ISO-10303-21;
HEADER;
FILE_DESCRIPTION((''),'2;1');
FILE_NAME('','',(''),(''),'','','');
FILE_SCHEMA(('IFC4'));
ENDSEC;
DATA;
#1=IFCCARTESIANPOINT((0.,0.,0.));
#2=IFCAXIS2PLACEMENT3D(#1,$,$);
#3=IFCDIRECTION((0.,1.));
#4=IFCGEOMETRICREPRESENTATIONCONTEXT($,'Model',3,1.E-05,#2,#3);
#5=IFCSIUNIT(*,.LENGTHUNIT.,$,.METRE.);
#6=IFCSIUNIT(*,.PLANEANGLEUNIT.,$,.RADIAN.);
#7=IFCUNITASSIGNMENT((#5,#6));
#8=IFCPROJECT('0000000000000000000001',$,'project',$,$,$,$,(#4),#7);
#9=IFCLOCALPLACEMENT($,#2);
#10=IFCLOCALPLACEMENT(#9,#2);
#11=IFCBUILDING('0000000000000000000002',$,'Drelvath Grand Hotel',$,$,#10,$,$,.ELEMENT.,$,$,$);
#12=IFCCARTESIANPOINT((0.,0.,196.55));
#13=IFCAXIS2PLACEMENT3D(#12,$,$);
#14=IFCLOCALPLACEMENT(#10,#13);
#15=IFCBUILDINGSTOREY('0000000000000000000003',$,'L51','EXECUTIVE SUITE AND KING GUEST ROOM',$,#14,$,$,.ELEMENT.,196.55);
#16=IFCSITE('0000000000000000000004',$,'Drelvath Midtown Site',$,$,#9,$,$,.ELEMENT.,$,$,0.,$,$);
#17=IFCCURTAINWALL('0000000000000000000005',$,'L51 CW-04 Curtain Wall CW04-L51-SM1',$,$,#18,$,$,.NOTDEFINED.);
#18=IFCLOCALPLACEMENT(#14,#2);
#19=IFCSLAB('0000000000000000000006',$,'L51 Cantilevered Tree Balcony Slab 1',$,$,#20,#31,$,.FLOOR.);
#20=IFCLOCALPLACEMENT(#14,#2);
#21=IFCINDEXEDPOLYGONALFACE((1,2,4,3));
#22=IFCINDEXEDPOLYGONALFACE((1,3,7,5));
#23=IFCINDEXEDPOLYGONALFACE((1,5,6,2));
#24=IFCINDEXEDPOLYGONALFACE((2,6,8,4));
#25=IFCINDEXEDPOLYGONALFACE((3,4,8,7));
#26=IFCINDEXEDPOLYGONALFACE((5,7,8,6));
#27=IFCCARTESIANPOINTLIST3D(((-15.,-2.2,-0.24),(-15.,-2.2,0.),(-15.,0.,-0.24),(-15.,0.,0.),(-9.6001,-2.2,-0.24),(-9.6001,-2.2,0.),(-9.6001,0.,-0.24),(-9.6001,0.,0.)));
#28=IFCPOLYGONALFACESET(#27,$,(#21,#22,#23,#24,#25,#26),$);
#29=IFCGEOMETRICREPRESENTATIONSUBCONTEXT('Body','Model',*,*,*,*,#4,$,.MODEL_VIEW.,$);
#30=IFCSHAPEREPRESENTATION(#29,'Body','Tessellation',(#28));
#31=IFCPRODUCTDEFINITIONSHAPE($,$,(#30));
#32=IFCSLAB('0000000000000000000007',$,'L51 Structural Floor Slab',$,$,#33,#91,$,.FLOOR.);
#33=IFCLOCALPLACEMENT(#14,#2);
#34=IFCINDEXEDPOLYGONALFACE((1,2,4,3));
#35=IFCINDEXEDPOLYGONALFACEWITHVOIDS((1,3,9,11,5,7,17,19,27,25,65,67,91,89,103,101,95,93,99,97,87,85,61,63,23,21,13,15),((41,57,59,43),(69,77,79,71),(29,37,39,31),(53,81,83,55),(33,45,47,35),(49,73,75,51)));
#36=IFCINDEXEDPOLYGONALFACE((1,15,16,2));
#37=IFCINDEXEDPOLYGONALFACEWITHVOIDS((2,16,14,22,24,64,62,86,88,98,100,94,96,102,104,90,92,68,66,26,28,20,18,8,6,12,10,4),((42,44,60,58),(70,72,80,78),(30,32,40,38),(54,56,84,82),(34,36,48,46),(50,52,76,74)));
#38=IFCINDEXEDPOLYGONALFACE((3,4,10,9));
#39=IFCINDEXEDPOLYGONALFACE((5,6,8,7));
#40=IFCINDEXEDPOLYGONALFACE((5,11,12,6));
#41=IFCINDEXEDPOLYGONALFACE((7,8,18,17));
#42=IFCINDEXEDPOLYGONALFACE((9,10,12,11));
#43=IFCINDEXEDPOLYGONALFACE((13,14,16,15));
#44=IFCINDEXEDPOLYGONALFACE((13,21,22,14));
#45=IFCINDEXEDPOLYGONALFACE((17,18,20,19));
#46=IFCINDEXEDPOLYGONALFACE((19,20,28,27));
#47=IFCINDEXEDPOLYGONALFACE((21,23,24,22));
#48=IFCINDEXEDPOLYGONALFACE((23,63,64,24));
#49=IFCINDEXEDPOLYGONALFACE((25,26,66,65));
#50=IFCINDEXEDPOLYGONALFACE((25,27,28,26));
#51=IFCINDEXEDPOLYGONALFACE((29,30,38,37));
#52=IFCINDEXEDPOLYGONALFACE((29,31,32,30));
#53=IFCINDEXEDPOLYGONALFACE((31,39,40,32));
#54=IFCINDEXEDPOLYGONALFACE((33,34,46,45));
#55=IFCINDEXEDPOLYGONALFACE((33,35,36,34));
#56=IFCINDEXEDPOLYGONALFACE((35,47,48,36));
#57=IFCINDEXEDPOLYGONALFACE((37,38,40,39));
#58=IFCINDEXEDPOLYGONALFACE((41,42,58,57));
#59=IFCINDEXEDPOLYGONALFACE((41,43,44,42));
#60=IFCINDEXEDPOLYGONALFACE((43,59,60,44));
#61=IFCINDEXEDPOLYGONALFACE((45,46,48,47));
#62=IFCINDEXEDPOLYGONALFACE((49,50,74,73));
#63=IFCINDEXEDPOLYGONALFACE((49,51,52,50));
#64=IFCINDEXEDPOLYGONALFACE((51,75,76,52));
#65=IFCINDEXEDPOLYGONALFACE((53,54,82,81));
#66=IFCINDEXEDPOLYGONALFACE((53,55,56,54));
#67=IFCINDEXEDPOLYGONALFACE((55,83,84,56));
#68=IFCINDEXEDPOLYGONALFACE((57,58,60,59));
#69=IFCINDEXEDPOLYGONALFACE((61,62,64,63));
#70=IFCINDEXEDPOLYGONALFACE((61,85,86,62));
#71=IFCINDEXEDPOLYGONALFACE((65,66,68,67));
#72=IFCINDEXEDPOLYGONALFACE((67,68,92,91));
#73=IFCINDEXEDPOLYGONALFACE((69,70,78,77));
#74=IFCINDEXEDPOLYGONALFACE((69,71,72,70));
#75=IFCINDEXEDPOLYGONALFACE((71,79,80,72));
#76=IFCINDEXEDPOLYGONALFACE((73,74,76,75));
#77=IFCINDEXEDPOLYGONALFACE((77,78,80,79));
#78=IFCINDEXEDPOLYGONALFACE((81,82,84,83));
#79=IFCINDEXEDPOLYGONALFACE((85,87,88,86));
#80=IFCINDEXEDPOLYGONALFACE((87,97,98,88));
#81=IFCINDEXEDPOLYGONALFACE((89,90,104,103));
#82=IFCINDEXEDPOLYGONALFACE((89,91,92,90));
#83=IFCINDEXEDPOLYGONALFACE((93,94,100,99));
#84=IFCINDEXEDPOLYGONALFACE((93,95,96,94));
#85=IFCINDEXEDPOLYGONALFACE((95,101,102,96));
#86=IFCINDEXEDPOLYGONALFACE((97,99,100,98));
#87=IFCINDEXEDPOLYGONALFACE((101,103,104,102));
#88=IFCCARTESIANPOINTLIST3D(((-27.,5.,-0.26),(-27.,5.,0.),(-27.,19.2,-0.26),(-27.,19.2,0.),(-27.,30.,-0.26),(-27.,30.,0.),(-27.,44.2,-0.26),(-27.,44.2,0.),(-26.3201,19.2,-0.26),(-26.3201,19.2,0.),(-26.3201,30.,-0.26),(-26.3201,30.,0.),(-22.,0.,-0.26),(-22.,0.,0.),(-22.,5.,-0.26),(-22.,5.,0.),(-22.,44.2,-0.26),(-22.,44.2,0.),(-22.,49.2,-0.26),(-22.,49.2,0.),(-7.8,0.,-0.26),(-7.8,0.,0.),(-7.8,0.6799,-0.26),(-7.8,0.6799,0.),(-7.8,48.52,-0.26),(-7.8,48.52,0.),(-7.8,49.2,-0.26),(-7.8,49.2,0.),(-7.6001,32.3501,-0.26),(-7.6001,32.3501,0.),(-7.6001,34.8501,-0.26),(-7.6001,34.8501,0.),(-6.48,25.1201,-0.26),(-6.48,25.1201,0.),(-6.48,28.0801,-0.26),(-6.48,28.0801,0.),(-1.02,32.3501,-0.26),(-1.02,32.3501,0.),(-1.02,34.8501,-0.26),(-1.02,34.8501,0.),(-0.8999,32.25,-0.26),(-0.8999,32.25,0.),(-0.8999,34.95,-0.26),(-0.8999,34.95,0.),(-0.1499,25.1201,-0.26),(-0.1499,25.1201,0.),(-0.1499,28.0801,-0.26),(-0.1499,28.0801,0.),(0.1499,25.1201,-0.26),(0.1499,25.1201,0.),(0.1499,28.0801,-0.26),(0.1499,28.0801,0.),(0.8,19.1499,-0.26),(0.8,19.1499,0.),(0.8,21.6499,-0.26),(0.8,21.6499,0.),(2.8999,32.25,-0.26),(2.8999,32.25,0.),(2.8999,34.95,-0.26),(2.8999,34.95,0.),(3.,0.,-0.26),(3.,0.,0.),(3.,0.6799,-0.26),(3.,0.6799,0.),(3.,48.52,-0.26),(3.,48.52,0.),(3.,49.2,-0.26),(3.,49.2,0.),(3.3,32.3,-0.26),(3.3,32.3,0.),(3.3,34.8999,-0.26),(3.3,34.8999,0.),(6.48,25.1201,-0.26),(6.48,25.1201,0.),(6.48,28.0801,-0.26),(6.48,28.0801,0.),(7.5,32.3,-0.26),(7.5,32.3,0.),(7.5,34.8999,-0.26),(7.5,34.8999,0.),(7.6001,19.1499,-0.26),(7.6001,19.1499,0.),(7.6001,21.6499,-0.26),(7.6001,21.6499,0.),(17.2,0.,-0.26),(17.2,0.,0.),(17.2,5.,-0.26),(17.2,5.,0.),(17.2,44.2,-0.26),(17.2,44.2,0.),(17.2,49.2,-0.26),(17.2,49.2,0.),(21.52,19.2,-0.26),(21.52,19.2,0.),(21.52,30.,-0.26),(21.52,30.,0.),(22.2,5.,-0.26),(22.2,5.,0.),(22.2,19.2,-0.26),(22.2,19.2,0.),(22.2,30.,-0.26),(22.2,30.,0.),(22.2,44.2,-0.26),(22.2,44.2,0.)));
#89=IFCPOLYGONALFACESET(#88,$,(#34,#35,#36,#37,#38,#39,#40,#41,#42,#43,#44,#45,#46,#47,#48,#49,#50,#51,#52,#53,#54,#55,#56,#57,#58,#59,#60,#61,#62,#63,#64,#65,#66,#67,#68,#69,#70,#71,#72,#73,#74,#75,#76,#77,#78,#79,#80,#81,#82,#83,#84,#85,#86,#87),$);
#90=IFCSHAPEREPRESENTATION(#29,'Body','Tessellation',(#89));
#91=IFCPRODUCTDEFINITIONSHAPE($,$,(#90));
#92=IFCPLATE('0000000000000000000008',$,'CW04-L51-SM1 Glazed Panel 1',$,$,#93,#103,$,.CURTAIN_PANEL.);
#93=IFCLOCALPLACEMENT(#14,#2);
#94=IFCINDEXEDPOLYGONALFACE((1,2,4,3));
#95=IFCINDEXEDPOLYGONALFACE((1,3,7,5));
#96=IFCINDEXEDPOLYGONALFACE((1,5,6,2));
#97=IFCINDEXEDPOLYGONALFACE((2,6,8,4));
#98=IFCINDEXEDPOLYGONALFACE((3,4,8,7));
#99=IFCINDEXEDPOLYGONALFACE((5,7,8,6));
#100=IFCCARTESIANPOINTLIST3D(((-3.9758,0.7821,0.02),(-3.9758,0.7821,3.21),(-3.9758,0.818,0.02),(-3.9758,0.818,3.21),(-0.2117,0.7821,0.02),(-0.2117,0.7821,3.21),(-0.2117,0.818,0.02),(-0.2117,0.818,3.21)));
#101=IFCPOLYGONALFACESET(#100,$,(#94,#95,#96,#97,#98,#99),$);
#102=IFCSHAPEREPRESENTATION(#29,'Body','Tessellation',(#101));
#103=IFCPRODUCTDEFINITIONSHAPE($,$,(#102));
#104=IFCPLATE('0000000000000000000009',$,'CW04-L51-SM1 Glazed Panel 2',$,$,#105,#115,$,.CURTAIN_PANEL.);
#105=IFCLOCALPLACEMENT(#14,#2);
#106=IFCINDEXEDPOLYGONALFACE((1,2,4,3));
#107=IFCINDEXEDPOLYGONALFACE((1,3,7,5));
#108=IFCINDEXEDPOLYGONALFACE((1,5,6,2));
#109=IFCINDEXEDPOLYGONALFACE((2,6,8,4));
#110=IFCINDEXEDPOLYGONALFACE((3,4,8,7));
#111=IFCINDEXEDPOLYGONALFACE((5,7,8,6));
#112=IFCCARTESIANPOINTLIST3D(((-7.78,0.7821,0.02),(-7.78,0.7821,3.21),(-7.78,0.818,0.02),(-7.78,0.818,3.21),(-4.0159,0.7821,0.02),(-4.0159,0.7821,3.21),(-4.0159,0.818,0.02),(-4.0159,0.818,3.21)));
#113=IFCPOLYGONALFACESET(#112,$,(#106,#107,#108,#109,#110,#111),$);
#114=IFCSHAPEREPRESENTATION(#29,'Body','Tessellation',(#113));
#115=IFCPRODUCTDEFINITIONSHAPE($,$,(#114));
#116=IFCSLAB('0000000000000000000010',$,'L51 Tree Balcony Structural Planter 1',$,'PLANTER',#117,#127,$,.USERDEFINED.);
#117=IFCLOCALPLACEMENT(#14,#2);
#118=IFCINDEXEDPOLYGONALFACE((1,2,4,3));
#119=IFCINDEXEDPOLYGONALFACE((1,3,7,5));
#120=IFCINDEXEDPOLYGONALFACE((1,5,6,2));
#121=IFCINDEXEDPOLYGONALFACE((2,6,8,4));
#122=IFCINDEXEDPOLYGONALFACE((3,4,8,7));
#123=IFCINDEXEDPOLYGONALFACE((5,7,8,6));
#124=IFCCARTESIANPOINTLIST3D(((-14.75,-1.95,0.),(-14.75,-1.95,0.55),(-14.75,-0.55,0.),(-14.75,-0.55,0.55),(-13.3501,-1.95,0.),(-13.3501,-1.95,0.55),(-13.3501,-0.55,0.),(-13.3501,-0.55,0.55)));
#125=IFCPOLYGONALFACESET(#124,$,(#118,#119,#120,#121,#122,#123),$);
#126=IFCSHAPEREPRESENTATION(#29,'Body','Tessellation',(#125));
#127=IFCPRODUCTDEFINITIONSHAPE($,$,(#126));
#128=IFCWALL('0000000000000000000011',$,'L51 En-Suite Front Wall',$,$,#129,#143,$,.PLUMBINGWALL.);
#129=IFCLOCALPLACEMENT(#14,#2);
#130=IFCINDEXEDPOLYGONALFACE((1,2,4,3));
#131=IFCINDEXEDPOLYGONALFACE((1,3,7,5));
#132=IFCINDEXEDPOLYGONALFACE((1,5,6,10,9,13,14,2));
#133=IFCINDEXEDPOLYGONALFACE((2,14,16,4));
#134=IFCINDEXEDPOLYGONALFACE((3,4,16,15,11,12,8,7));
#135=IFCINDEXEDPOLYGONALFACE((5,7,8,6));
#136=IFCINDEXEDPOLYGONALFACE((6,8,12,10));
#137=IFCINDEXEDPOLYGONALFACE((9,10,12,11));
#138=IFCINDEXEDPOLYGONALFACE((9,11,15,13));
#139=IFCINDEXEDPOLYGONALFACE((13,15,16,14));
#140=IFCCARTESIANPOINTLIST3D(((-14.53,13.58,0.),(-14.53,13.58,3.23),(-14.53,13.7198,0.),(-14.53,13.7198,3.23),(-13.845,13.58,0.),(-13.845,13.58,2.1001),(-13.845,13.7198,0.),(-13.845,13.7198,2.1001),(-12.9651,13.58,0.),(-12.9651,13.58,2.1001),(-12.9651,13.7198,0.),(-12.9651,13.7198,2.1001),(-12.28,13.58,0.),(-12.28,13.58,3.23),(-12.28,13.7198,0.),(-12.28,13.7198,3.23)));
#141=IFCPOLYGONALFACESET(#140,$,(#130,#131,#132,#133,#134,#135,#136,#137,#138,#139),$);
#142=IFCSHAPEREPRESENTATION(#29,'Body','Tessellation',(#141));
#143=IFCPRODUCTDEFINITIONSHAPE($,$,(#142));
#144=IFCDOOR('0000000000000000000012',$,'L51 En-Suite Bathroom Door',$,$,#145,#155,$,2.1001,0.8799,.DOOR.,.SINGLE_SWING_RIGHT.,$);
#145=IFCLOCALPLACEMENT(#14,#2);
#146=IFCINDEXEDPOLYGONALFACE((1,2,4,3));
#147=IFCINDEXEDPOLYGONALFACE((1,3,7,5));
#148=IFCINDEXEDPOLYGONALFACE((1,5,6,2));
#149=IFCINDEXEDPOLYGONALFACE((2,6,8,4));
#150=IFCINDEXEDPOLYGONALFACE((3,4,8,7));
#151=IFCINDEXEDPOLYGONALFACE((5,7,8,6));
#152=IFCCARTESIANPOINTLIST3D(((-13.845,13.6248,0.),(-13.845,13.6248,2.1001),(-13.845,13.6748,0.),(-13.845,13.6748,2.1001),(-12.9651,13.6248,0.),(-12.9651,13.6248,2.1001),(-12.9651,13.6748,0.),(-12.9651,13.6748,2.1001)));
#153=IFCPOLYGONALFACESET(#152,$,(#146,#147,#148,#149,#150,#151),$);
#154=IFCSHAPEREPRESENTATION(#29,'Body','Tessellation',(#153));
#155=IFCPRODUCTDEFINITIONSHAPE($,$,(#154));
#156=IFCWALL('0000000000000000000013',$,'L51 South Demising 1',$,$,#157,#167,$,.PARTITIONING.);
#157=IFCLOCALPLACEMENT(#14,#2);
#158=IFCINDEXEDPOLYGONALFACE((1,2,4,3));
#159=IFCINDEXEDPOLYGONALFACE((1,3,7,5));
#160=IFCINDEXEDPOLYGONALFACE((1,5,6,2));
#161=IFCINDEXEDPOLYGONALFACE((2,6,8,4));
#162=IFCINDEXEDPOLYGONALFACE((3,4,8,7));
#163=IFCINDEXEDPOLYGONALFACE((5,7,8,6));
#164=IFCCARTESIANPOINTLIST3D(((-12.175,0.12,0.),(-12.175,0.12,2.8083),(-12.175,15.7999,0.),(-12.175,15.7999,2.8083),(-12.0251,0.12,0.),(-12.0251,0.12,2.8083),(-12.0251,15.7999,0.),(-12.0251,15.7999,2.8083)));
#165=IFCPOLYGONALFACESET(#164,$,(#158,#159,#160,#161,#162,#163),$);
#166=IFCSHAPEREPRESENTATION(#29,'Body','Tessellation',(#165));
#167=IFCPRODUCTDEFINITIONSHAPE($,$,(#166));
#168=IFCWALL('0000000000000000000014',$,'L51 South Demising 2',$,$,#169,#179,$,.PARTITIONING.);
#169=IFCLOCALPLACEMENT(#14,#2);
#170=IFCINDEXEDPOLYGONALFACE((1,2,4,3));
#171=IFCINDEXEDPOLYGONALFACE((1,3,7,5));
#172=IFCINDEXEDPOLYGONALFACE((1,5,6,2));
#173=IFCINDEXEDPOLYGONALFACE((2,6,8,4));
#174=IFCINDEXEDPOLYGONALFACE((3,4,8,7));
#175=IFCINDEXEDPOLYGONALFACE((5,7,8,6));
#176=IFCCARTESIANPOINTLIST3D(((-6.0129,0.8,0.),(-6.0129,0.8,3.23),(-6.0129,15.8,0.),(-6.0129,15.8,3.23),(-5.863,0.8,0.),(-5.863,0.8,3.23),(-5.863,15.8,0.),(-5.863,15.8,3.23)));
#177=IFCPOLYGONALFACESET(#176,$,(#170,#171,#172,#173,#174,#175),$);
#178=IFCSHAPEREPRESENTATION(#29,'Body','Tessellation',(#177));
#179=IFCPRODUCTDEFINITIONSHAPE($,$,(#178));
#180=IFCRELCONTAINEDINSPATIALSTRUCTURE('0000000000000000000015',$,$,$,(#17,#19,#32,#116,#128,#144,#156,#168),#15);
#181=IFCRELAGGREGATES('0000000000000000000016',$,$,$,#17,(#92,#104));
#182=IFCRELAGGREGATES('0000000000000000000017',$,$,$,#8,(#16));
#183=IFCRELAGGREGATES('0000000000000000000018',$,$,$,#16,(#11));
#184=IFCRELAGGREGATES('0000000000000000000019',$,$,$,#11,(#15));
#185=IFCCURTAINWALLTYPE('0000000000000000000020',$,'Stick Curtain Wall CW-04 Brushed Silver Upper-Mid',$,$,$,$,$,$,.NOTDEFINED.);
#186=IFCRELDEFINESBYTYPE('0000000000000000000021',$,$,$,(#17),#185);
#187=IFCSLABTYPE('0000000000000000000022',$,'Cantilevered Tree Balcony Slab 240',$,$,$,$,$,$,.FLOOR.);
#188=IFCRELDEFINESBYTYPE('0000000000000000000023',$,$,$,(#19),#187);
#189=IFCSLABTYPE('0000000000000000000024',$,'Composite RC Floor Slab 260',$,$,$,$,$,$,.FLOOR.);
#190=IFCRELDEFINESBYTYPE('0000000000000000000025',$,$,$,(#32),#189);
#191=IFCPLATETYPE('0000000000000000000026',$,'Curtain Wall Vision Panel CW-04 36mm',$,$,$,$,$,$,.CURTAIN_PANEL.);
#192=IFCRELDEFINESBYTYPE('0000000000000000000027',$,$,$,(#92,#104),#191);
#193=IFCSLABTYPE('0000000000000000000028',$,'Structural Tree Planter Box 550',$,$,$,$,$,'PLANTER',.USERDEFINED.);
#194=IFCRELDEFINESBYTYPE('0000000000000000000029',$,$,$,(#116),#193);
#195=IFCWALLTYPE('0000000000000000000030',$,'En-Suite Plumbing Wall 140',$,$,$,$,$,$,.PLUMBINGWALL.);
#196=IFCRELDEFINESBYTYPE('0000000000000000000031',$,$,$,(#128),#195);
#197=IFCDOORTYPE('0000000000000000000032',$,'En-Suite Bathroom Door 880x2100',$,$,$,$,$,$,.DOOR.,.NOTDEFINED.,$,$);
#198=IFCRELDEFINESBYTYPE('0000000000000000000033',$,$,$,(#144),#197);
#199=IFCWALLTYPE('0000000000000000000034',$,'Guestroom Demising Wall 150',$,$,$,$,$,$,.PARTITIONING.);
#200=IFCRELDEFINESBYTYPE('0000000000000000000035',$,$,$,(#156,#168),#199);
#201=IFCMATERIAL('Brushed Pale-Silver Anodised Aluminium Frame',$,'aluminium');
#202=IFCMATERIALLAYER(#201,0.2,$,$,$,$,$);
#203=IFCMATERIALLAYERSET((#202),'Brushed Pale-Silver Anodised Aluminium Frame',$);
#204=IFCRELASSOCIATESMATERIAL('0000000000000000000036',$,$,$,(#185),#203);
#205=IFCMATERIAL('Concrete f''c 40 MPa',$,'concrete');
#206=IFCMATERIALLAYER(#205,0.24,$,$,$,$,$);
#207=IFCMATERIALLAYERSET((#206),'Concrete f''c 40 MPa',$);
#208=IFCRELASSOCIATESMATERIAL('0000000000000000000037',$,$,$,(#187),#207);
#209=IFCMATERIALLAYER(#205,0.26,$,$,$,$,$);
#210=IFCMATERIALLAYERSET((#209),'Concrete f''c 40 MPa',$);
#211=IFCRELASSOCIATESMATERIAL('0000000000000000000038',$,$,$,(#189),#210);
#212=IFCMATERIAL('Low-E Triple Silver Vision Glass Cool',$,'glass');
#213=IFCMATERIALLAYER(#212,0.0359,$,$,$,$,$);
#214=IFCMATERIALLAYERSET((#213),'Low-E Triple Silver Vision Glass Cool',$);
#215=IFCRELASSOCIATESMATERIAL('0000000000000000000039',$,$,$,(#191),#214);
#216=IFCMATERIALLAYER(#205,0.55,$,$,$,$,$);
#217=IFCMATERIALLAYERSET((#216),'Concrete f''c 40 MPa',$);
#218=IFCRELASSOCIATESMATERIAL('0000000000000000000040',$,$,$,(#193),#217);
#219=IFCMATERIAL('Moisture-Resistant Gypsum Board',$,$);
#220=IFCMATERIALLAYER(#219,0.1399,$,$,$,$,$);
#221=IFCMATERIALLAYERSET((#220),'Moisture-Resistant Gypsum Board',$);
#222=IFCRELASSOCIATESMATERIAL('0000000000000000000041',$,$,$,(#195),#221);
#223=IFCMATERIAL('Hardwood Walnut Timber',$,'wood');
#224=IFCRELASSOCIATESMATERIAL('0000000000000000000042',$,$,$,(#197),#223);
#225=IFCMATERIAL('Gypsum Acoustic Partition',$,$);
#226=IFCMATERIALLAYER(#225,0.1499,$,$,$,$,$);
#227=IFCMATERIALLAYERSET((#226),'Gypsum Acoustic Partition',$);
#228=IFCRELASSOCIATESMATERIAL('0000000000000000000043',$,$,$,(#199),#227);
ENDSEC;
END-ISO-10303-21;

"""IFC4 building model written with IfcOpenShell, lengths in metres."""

from ifc_helpers import new_model, si_unit, direction, frame, frame_2d, origin, origin_2d, place, context, subcontext, project, spatial, polyline, rectangle, outline, extrude, material, layer, layer_set, type_object, element, fill, aggregate, save


model = new_model("IFC4")

# Units and contexts
model_context = context("Model", 3, precision=1e-05, world=origin(), true_north=direction((0.0, 1.0)))
body_context = subcontext(model_context, "Body", "Model", "MODEL_VIEW")
ifc_project = project(units=[si_unit("LENGTHUNIT", "METRE"), si_unit("PLANEANGLEUNIT", "RADIAN")], contexts=[model_context])

# Site, building, storey
site_placement = place(None, origin())
site = spatial("IfcSite", under=ifc_project, at=site_placement, Name="Drelvath Midtown Site", CompositionType="ELEMENT", RefElevation=0.0)
building_placement = place(site_placement, origin())
building = spatial("IfcBuilding", under=site, at=building_placement, Name="Drelvath Grand Hotel", CompositionType="ELEMENT")
storey_placement = place(building_placement, frame((0.0, 0.0, 196.55)))
storey = spatial("IfcBuildingStorey", under=building, at=storey_placement, Name="L51", Description="EXECUTIVE SUITE AND KING GUEST ROOM", CompositionType="ELEMENT", Elevation=196.55)

# Curtain wall
ifc_material_1 = material(Name="Brushed Pale-Silver Anodised Aluminium Frame", Category="aluminium")
ifc_layer_1 = layer(ifc_material_1, 0.2)
ifc_layer_set_1 = layer_set([ifc_layer_1], Name="Brushed Pale-Silver Anodised Aluminium Frame")
curtain_wall_type = type_object("IfcCurtainWallType", Name="Stick Curtain Wall CW-04 Brushed Silver Upper-Mid", PredefinedType="NOTDEFINED", material=ifc_layer_set_1)
curtain_wall_placement = place(storey_placement, origin())
curtain_wall = element("IfcCurtainWall", 1, at=curtain_wall_placement, inside=storey, type_object=curtain_wall_type, Name="L51 CW-04 Curtain Wall CW04-L51-SM1", PredefinedType="NOTDEFINED")

# Slabs
ifc_material_2 = material(Name="Concrete f'c 40 MPa", Category="concrete")
ifc_layer_2 = layer(ifc_material_2, 0.24)
ifc_layer_set_2 = layer_set([ifc_layer_2], Name="Concrete f'c 40 MPa")
slab_type_1 = type_object("IfcSlabType", Name="Cantilevered Tree Balcony Slab 240", PredefinedType="FLOOR", material=ifc_layer_set_2)
slab_1_placement = place(storey_placement, frame((0.0, 0.0, -0.24)))
element("IfcSlab", 2, at=slab_1_placement, inside=storey, type_object=slab_type_1, Name="L51 Cantilevered Tree Balcony Slab 1", PredefinedType="FLOOR", context=body_context, shape_type="SweptSolid", body=[
    extrude(outline(polyline([(-15.0, -2.2), (-9.6001, -2.2), (-9.6001, 0.0), (-15.0, 0.0), (-15.0, -2.2)])), origin(), (0.0, 0.0, 1.0), 0.24),
])
ifc_layer_3 = layer(ifc_material_2, 0.26)
ifc_layer_set_3 = layer_set([ifc_layer_3], Name="Concrete f'c 40 MPa")
slab_type_2 = type_object("IfcSlabType", Name="Composite RC Floor Slab 260", PredefinedType="FLOOR", material=ifc_layer_set_3)
slab_2_placement = place(storey_placement, frame((0.0, 0.0, -0.26)))
element("IfcSlab", 3, at=slab_2_placement, inside=storey, type_object=slab_type_2, Name="L51 Structural Floor Slab", PredefinedType="FLOOR", context=body_context, shape_type="SweptSolid", body=[
    extrude(outline(polyline([(-22.0, 0.0), (-7.8, 0.0), (-7.8, 0.6799), (3.0, 0.6799), (3.0, 0.0), (17.2, 0.0), (17.2, 5.0), (22.2, 5.0), (22.2, 19.2), (21.52, 19.2), (21.52, 30.0), (22.2, 30.0), (22.2, 44.2), (17.2, 44.2), (17.2, 49.2), (3.0, 49.2), (3.0, 48.52), (-7.8, 48.52), (-7.8, 49.2), (-22.0, 49.2), (-22.0, 44.2), (-27.0, 44.2), (-27.0, 30.0), (-26.3201, 30.0), (-26.3201, 19.2), (-27.0, 19.2), (-27.0, 5.0), (-22.0, 5.0), (-22.0, 0.0)]), holes=[polyline([(-6.48, 25.1201), (-6.48, 28.0801), (-0.1499, 28.0801), (-0.1499, 25.1201), (-6.48, 25.1201)]), polyline([(0.1499, 25.1201), (0.1499, 28.0801), (6.48, 28.0801), (6.48, 25.1201), (0.1499, 25.1201)]), polyline([(0.8, 19.1499), (0.8, 21.6499), (7.6001, 21.6499), (7.6001, 19.1499), (0.8, 19.1499)]), polyline([(-7.6001, 32.3501), (-7.6001, 34.8501), (-1.02, 34.8501), (-1.02, 32.3501), (-7.6001, 32.3501)]), polyline([(-0.8999, 32.25), (-0.8999, 34.95), (2.8999, 34.95), (2.8999, 32.25), (-0.8999, 32.25)]), polyline([(3.3, 32.3), (3.3, 34.8999), (7.5, 34.8999), (7.5, 32.3), (3.3, 32.3)])]), origin(), (0.0, 0.0, 1.0), 0.26),
])

# Plates
ifc_material_3 = material(Name="Low-E Triple Silver Vision Glass Cool", Category="glass")
ifc_layer_4 = layer(ifc_material_3, 0.0359)
ifc_layer_set_4 = layer_set([ifc_layer_4], Name="Low-E Triple Silver Vision Glass Cool")
plate_type = type_object("IfcPlateType", Name="Curtain Wall Vision Panel CW-04 36mm", PredefinedType="CURTAIN_PANEL", material=ifc_layer_set_4)
plate_1_placement = place(storey_placement, frame((-2.0938, 0.8, 0.02), z_axis=(0.0, 0.0, 1.0), x_axis=(-1.0, 0.0, 0.0)))
plate_1 = element("IfcPlate", 4, at=plate_1_placement, type_object=plate_type, Name="CW04-L51-SM1 Glazed Panel 1", PredefinedType="CURTAIN_PANEL", context=body_context, shape_type="SweptSolid", body=[
    extrude(rectangle(XDim=3.7642, YDim=0.0359, at=origin_2d()), origin(), (0.0, 0.0, 1.0), 3.1899),
])
plate_2_placement = place(storey_placement, frame((-5.8979, 0.8, 0.02), z_axis=(0.0, 0.0, 1.0), x_axis=(-1.0, 0.0, 0.0)))
plate_2 = element("IfcPlate", 5, at=plate_2_placement, type_object=plate_type, Name="CW04-L51-SM1 Glazed Panel 2", PredefinedType="CURTAIN_PANEL", context=body_context, shape_type="SweptSolid", body=[
    extrude(rectangle(XDim=3.7642, YDim=0.0359, at=origin_2d()), origin(), (0.0, 0.0, 1.0), 3.1899),
])
aggregate(curtain_wall, [plate_1, plate_2])

# Slab
ifc_layer_5 = layer(ifc_material_2, 0.55)
ifc_layer_set_5 = layer_set([ifc_layer_5], Name="Concrete f'c 40 MPa")
slab_type_3 = type_object("IfcSlabType", Name="Structural Tree Planter Box 550", ElementType="PLANTER", PredefinedType="USERDEFINED", material=ifc_layer_set_5)
slab_3_placement = place(storey_placement, origin())
element("IfcSlab", 6, at=slab_3_placement, inside=storey, type_object=slab_type_3, Name="L51 Tree Balcony Structural Planter 1", ObjectType="PLANTER", PredefinedType="USERDEFINED", context=body_context, shape_type="SweptSolid", body=[
    extrude(outline(polyline([(-14.75, -1.95), (-13.3501, -1.95), (-13.3501, -0.55), (-14.75, -0.55), (-14.75, -1.95)])), origin(), (0.0, 0.0, 1.0), 0.55),
])

# Wall, opening, door
ifc_material_4 = material(Name="Moisture-Resistant Gypsum Board")
ifc_layer_6 = layer(ifc_material_4, 0.1399)
ifc_layer_set_6 = layer_set([ifc_layer_6], Name="Moisture-Resistant Gypsum Board")
wall_type_1 = type_object("IfcWallType", Name="En-Suite Plumbing Wall 140", PredefinedType="PLUMBINGWALL", material=ifc_layer_set_6)
wall_1_placement = place(storey_placement, frame((-14.53, 13.6499, 0.0), z_axis=(0.0, 0.0, 1.0), x_axis=(1.0, 0.0, 0.0)))
wall_1 = element("IfcWall", 7, at=wall_1_placement, inside=storey, type_object=wall_type_1, Name="L51 En-Suite Front Wall", PredefinedType="PLUMBINGWALL", context=body_context, shape_type="SweptSolid", body=[
    extrude(rectangle(XDim=2.25, YDim=0.1399, at=frame_2d((1.125, 0.0))), origin(), (0.0, 0.0, 1.0), 3.23),
])
opening_1_placement = place(wall_1_placement, frame((0.6851, 0.0, 0.0)))
opening_1 = element("IfcOpeningElement", 8, at=opening_1_placement, cuts=wall_1, PredefinedType="OPENING", context=body_context, shape_type="SweptSolid", body=[
    extrude(rectangle(XDim=0.8799, YDim=2.1001, at=frame_2d((0.4399, 1.05))), frame((0.0, 0.0798, 0.0), z_axis=(0.0, -1.0, 0.0), x_axis=(1.0, 0.0, 0.0)), (0.0, 0.0, 1.0), 0.1599),
])
ifc_material_5 = material(Name="Hardwood Walnut Timber", Category="wood")
door_type_1 = type_object("IfcDoorType", Name="En-Suite Bathroom Door 880x2100", OperationType="NOTDEFINED", PredefinedType="DOOR", material=ifc_material_5)
door_1_placement = place(opening_1_placement, origin())
door_1 = element("IfcDoor", 9, at=door_1_placement, inside=storey, type_object=door_type_1, Name="L51 En-Suite Bathroom Door", OperationType="SINGLE_SWING_RIGHT", OverallHeight=2.1001, OverallWidth=0.8799, PredefinedType="DOOR", context=body_context, shape_type="SweptSolid", body=[
    extrude(rectangle(XDim=0.8799, YDim=2.1001, at=frame_2d((0.4399, 1.05))), frame((0.0, 0.0249, 0.0), z_axis=(0.0, -1.0, 0.0), x_axis=(1.0, 0.0, 0.0)), (0.0, 0.0, 1.0), 0.05),
])
fill(opening_1, door_1)

# Walls
ifc_material_6 = material(Name="Gypsum Acoustic Partition")
ifc_layer_7 = layer(ifc_material_6, 0.1499)
ifc_layer_set_7 = layer_set([ifc_layer_7], Name="Gypsum Acoustic Partition")
wall_type_2 = type_object("IfcWallType", Name="Guestroom Demising Wall 150", PredefinedType="PARTITIONING", material=ifc_layer_set_7)
wall_2_placement = place(storey_placement, frame((-12.1001, 0.1201, 0.0), z_axis=(0.0, 0.0, 1.0), x_axis=(0.0, 1.0, 0.0)))
element("IfcWall", 10, at=wall_2_placement, inside=storey, type_object=wall_type_2, Name="L51 South Demising 1", PredefinedType="PARTITIONING", context=body_context, shape_type="SweptSolid", body=[
    extrude(rectangle(XDim=15.6799, YDim=0.1499, at=frame_2d((7.8398, 0.0))), origin(), (0.0, 0.0, 1.0), 2.8083),
])
for number, where, z_axis, x_axis, name in (
    (11, (-5.938, 0.8, 0.0), (0.0, 0.0, 1.0), (0.0, 1.0, 0.0), "L51 South Demising 2"),
):
    element("IfcWall", number, at=place(storey_placement, frame(where, z_axis=z_axis, x_axis=x_axis)), inside=storey, type_object=wall_type_2, Name=name, PredefinedType="PARTITIONING", context=body_context, shape_type="SweptSolid", body=[
        extrude(rectangle(XDim=15.0, YDim=0.1499, at=frame_2d((7.5, 0.0))), origin(), (0.0, 0.0, 1.0), 3.23),
    ])

save(model, "model.ifc")
